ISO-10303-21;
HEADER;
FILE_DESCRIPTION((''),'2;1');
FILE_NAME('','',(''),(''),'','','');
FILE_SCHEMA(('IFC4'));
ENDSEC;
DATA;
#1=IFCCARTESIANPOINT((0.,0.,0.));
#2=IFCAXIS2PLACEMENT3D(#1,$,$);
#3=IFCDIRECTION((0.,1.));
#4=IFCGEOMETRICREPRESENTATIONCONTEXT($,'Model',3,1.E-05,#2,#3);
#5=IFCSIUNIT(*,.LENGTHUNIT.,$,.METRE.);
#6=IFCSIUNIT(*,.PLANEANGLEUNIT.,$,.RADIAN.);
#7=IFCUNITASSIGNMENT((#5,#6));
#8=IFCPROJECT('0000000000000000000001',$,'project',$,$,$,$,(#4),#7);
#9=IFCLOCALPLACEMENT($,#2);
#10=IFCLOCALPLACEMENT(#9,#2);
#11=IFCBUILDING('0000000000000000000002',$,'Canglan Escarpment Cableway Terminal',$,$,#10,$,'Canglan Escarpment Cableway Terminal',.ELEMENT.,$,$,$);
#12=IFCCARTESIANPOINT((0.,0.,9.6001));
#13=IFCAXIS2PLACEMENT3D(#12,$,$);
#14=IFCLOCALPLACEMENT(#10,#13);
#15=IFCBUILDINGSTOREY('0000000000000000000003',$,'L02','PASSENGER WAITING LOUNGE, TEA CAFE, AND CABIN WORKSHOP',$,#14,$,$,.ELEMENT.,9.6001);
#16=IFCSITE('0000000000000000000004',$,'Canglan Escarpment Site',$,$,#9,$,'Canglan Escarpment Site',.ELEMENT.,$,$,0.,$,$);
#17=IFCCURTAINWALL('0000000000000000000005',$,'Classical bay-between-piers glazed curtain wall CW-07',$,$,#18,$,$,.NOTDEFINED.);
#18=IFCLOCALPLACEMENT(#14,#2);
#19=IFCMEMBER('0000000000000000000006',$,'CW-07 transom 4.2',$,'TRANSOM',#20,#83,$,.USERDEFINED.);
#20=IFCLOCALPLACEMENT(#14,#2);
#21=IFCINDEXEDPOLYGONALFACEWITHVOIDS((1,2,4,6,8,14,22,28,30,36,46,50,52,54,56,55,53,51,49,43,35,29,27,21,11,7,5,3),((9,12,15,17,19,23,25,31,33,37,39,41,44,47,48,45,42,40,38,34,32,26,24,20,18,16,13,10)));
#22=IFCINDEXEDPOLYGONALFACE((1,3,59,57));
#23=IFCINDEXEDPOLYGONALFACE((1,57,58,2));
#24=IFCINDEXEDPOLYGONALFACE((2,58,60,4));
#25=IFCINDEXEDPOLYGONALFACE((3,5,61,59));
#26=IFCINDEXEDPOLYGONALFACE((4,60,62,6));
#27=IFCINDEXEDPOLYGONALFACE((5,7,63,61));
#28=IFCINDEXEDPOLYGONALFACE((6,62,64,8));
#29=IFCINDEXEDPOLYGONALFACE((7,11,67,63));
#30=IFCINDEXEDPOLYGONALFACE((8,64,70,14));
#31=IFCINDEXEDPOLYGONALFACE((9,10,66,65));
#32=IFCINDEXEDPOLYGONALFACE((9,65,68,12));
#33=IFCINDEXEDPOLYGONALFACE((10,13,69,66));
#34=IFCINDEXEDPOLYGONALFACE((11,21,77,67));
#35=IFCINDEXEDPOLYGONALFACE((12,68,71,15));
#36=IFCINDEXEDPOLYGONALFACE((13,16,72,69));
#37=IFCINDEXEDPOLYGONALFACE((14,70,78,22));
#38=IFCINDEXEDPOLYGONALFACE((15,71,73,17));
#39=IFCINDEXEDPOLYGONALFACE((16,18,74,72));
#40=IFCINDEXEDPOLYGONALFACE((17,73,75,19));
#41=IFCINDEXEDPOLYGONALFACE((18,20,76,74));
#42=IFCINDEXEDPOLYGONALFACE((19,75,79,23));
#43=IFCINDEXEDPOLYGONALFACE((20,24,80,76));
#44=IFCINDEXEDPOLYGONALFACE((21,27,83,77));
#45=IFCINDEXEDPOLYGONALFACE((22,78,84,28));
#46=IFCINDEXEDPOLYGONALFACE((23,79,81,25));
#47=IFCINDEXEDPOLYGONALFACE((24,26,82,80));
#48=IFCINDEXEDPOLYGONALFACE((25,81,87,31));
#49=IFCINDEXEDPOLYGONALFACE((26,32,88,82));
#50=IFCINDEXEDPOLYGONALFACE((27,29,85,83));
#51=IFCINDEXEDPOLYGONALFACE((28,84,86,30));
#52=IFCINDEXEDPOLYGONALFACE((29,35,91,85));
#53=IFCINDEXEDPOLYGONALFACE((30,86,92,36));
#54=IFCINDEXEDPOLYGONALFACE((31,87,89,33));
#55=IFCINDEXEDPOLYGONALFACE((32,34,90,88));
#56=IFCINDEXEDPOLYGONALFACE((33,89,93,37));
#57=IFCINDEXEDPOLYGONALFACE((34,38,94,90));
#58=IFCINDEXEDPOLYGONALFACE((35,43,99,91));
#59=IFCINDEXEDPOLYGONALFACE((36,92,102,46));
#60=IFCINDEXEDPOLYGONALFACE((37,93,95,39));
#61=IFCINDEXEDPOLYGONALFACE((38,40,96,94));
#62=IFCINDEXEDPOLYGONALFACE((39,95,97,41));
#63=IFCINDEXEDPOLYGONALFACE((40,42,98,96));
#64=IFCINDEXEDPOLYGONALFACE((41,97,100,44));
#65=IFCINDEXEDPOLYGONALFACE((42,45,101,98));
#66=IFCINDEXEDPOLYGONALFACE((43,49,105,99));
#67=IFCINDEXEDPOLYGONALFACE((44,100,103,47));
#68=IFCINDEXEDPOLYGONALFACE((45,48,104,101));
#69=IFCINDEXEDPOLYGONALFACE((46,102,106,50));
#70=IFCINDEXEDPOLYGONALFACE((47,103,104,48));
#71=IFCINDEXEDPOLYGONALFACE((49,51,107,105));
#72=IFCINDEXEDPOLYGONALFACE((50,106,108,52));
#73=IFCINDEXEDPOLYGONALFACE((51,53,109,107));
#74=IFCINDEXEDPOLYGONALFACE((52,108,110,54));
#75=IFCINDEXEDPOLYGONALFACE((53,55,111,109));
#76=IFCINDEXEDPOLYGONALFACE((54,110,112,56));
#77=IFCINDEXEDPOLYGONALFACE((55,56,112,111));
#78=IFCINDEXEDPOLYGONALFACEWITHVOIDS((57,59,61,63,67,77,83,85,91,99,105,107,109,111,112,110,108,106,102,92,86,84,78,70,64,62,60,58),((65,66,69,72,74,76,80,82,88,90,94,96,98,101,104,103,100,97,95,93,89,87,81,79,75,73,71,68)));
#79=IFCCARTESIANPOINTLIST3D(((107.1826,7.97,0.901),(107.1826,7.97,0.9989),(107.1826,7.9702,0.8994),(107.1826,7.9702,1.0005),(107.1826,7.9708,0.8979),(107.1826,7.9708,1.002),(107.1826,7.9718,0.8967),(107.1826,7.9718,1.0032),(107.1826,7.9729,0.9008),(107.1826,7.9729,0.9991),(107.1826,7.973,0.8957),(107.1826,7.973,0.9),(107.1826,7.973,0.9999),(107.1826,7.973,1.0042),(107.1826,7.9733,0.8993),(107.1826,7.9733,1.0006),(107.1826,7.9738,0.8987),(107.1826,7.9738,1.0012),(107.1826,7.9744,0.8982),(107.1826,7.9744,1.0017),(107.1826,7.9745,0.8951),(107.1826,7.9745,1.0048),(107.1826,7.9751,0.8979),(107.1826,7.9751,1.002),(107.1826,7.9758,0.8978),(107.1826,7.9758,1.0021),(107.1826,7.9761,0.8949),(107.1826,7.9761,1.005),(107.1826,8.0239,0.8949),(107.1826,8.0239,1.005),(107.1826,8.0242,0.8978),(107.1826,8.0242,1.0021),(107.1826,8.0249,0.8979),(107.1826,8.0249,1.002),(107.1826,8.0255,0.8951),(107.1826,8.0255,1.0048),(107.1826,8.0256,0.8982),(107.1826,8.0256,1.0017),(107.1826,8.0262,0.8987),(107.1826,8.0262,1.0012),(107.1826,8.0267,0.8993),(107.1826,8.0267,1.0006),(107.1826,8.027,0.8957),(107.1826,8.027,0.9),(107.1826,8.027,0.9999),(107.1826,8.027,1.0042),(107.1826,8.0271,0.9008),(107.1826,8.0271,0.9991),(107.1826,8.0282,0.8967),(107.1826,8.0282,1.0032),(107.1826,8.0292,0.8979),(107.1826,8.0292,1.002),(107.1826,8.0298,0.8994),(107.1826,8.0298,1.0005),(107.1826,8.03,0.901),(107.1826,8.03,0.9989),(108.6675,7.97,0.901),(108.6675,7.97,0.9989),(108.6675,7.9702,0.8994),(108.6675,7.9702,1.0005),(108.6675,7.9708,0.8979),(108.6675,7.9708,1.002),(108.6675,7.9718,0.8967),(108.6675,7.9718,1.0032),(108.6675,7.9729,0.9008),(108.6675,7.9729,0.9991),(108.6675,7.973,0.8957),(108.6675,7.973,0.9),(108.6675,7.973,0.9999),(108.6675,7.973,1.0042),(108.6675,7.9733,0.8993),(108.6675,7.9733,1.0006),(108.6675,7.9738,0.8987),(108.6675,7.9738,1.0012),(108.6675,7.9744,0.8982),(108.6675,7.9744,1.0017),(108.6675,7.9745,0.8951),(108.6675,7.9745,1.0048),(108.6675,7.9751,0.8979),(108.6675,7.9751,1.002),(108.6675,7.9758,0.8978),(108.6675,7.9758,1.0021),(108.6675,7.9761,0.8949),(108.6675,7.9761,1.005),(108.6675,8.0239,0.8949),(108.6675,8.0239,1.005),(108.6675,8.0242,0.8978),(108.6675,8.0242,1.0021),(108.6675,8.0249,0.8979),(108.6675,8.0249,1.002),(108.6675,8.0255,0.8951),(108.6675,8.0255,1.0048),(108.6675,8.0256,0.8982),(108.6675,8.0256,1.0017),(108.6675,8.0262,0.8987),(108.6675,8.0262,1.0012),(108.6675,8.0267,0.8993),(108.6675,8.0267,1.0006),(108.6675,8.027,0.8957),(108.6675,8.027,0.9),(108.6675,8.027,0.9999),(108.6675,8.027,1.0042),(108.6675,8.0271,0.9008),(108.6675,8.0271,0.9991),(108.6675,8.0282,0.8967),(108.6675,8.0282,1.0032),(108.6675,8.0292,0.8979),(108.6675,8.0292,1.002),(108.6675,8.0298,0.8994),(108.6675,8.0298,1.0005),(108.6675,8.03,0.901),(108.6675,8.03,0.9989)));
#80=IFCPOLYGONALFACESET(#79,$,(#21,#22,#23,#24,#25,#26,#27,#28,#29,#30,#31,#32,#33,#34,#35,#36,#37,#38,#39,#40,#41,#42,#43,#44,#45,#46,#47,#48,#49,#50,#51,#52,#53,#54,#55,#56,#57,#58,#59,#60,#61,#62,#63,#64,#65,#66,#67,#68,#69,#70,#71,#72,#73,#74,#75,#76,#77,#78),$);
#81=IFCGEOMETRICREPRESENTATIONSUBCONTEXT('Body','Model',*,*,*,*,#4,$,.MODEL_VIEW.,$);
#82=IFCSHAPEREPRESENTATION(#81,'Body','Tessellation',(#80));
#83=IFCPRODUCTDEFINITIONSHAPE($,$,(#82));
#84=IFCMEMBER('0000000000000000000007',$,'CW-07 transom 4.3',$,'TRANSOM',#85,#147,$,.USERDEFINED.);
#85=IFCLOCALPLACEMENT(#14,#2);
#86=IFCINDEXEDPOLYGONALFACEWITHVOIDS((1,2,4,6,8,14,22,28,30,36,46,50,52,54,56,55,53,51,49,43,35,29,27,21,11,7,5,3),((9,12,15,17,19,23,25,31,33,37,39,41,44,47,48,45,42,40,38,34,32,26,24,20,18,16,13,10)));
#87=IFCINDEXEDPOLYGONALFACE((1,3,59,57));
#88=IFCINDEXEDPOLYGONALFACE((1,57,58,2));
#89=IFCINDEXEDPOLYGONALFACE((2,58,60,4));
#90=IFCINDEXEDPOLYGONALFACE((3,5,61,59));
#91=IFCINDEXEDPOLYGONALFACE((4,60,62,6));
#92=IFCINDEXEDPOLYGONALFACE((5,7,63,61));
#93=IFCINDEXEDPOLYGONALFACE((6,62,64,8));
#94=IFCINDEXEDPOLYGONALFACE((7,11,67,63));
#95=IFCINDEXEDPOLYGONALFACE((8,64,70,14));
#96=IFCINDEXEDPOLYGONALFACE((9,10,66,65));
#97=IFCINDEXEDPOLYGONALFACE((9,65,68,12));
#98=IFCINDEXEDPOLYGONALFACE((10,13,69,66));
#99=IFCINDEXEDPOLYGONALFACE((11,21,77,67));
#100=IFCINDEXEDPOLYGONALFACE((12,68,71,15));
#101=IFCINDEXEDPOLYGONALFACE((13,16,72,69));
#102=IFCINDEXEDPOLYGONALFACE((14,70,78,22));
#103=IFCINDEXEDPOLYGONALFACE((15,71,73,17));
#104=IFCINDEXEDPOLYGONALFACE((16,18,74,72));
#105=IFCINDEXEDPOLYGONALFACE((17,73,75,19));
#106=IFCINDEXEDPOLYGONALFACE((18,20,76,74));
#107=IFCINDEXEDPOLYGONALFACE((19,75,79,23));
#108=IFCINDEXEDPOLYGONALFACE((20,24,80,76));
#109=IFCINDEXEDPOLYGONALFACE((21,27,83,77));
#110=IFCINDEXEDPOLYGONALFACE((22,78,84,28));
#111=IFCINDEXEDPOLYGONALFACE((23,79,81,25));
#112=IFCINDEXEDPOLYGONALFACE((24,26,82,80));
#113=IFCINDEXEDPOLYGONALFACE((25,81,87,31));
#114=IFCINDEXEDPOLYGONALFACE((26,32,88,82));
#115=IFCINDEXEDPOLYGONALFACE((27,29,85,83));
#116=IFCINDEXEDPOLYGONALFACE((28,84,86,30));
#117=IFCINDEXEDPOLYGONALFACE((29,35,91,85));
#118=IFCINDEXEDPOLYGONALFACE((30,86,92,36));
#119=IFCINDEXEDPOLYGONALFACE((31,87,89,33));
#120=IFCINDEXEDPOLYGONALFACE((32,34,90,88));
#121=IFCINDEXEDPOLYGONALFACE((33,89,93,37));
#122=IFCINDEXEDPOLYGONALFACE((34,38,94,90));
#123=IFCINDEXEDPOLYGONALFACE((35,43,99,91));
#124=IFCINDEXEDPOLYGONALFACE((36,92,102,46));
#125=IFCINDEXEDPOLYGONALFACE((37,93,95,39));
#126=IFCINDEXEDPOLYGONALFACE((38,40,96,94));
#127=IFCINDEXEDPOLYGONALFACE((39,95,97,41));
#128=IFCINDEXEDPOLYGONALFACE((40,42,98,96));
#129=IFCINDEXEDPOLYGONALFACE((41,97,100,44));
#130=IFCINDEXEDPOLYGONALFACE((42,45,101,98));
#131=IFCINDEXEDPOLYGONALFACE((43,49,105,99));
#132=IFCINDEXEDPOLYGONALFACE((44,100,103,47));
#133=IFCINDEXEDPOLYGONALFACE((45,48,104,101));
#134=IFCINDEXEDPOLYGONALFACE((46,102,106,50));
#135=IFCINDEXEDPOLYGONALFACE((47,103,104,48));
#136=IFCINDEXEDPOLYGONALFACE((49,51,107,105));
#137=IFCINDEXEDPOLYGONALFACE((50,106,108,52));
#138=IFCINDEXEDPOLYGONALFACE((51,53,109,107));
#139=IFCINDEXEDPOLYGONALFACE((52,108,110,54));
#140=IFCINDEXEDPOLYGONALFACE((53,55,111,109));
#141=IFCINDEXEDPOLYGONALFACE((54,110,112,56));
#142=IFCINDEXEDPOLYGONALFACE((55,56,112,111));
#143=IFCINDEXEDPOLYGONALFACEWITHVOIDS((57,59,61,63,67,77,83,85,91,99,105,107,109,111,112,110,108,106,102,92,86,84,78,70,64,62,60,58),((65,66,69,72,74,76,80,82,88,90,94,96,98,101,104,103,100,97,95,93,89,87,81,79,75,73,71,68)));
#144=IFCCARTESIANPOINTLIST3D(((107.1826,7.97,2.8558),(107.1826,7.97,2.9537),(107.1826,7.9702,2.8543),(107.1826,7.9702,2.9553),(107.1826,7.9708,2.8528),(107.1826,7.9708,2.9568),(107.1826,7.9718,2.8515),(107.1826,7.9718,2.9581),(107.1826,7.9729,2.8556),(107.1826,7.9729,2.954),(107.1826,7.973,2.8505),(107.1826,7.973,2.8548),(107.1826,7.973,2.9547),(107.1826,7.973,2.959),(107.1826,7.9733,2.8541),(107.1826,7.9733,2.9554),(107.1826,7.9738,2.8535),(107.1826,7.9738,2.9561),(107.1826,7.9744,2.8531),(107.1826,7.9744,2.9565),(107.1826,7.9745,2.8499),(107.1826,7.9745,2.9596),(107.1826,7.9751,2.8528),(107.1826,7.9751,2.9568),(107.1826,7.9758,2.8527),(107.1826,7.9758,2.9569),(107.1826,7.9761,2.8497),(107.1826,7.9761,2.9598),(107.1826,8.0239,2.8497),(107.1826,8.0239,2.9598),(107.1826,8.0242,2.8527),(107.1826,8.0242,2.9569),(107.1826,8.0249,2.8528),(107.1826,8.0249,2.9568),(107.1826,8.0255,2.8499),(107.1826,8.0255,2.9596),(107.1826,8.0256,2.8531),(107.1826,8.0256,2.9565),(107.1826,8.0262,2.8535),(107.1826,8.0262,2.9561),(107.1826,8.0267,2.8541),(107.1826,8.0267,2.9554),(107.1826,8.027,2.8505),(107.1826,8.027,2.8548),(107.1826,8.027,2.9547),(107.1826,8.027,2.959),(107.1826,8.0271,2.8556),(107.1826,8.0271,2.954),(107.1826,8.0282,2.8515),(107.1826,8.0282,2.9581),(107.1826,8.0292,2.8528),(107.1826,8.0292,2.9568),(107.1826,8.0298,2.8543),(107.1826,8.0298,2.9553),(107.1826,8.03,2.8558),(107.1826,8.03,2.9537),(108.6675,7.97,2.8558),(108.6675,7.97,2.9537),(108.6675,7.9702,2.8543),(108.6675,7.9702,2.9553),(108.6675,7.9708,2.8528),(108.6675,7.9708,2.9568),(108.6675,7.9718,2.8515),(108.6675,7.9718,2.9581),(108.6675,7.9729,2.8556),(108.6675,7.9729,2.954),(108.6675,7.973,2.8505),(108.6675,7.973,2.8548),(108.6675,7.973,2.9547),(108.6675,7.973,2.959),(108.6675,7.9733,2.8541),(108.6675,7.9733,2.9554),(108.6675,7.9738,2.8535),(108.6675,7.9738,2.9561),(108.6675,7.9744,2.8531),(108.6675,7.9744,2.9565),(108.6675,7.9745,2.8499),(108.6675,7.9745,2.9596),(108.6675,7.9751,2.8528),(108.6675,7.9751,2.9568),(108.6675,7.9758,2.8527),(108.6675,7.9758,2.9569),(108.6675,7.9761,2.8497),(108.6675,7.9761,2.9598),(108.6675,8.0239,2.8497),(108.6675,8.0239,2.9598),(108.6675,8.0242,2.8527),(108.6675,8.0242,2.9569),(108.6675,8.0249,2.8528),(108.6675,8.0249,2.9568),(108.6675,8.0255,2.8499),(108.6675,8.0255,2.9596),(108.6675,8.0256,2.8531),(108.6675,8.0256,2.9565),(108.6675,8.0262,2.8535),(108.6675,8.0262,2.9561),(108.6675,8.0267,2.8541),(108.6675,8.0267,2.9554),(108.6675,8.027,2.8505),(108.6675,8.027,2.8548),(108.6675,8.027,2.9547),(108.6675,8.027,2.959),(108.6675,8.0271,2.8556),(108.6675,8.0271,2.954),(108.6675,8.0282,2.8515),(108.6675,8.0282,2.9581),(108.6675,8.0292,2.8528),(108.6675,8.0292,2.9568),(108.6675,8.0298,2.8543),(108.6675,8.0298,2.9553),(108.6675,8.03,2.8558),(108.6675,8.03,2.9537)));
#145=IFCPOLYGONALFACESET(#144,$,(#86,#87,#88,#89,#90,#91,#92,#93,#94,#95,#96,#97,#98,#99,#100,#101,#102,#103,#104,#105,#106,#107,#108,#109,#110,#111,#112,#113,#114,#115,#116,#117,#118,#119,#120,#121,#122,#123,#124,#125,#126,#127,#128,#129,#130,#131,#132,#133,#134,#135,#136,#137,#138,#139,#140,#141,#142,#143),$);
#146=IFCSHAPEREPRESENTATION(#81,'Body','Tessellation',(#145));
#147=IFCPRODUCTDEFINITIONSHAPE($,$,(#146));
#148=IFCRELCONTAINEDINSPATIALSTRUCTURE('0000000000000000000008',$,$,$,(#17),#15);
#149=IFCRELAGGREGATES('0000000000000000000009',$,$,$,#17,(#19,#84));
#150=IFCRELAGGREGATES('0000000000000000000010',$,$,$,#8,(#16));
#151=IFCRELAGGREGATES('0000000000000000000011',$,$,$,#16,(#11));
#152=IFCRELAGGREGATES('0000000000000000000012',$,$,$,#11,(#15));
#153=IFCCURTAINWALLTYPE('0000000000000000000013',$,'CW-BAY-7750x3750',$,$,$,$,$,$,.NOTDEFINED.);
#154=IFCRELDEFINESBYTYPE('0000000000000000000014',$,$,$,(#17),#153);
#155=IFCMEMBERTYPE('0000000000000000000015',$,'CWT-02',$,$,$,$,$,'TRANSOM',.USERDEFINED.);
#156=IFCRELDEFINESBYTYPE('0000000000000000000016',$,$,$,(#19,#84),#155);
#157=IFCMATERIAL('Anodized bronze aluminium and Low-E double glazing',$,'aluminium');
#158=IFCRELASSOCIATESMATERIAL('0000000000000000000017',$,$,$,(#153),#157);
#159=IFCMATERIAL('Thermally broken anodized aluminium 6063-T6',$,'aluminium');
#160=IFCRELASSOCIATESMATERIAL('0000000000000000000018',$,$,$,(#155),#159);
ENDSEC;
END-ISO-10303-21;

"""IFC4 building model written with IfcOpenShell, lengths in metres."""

from ifc_helpers import new_model, si_unit, direction, frame, origin, origin_2d, place, context, subcontext, project, spatial, hollow_rectangle, extrude, material, material_profile, profile_set, type_object, element, aggregate, save


model = new_model("IFC4")

# Units and contexts
model_context = context("Model", 3, precision=1e-05, world=origin(), true_north=direction((0.0, 1.0)))
body_context = subcontext(model_context, "Body", "Model", "MODEL_VIEW")
ifc_project = project(units=[si_unit("LENGTHUNIT", "METRE"), si_unit("PLANEANGLEUNIT", "RADIAN")], contexts=[model_context])

# Site, building, storey
site_placement = place(None, origin())
site = spatial("IfcSite", under=ifc_project, at=site_placement, Name="Canglan Escarpment Site", LongName="Canglan Escarpment Site", CompositionType="ELEMENT", RefElevation=0.0)
building_placement = place(site_placement, origin())
building = spatial("IfcBuilding", under=site, at=building_placement, Name="Canglan Escarpment Cableway Terminal", LongName="Canglan Escarpment Cableway Terminal", CompositionType="ELEMENT")
storey_placement = place(building_placement, frame((0.0, 0.0, 9.6001)))
storey = spatial("IfcBuildingStorey", under=building, at=storey_placement, Name="L02", Description="PASSENGER WAITING LOUNGE, TEA CAFE, AND CABIN WORKSHOP", CompositionType="ELEMENT", Elevation=9.6001)

# Curtain wall, members
ifc_material_1 = material(Name="Anodized bronze aluminium and Low-E double glazing", Category="aluminium")
curtain_wall_type = type_object("IfcCurtainWallType", Name="CW-BAY-7750x3750", PredefinedType="NOTDEFINED", material=ifc_material_1)
curtain_wall_placement = place(storey_placement, origin())
curtain_wall = element("IfcCurtainWall", 1, at=curtain_wall_placement, inside=storey, type_object=curtain_wall_type, Name="Classical bay-between-piers glazed curtain wall CW-07", PredefinedType="NOTDEFINED")
ifc_material_2 = material(Name="Thermally broken anodized aluminium 6063-T6", Category="aluminium")
ifc_material_profile_1 = material_profile(ifc_material_2, hollow_rectangle(XDim=0.0601, YDim=0.1101, WallThickness=0.0029, InnerFilletRadius=0.0029, OuterFilletRadius=0.0061, at=origin_2d()), Name="ALU-TRAN 60x110x3")
ifc_profile_set_1 = profile_set([ifc_material_profile_1], Name="Thermally broken anodized aluminium 6063-T6")
member_type_1 = type_object("IfcMemberType", Name="CWT-02", ElementType="TRANSOM", PredefinedType="USERDEFINED", material=ifc_profile_set_1)
member_1_placement = place(storey_placement, frame((107.1826, 8.0, 0.95), z_axis=(1.0, 0.0, 0.0), x_axis=(0.0, 1.0, 0.0)))
member_1 = element("IfcMember", 2, at=member_1_placement, type_object=member_type_1, Name="CW-07 transom 4.2", ObjectType="TRANSOM", PredefinedType="USERDEFINED", context=body_context, shape_type="SweptSolid", body=[
    extrude(hollow_rectangle(XDim=0.0601, YDim=0.1101, WallThickness=0.0029, InnerFilletRadius=0.0029, OuterFilletRadius=0.0061, at=origin_2d()), origin(), (0.0, 0.0, 1.0), 1.4849),
])
member_2_placement = place(storey_placement, frame((107.1826, 8.0, 2.9048), z_axis=(1.0, 0.0, 0.0), x_axis=(0.0, 1.0, 0.0)))
member_2 = element("IfcMember", 3, at=member_2_placement, type_object=member_type_1, Name="CW-07 transom 4.3", ObjectType="TRANSOM", PredefinedType="USERDEFINED", context=body_context, shape_type="SweptSolid", body=[
    extrude(hollow_rectangle(XDim=0.0601, YDim=0.1101, WallThickness=0.0029, InnerFilletRadius=0.0029, OuterFilletRadius=0.0061, at=origin_2d()), origin(), (0.0, 0.0, 1.0), 1.4849),
])
aggregate(curtain_wall, [member_1, member_2])

save(model, "model.ifc")
